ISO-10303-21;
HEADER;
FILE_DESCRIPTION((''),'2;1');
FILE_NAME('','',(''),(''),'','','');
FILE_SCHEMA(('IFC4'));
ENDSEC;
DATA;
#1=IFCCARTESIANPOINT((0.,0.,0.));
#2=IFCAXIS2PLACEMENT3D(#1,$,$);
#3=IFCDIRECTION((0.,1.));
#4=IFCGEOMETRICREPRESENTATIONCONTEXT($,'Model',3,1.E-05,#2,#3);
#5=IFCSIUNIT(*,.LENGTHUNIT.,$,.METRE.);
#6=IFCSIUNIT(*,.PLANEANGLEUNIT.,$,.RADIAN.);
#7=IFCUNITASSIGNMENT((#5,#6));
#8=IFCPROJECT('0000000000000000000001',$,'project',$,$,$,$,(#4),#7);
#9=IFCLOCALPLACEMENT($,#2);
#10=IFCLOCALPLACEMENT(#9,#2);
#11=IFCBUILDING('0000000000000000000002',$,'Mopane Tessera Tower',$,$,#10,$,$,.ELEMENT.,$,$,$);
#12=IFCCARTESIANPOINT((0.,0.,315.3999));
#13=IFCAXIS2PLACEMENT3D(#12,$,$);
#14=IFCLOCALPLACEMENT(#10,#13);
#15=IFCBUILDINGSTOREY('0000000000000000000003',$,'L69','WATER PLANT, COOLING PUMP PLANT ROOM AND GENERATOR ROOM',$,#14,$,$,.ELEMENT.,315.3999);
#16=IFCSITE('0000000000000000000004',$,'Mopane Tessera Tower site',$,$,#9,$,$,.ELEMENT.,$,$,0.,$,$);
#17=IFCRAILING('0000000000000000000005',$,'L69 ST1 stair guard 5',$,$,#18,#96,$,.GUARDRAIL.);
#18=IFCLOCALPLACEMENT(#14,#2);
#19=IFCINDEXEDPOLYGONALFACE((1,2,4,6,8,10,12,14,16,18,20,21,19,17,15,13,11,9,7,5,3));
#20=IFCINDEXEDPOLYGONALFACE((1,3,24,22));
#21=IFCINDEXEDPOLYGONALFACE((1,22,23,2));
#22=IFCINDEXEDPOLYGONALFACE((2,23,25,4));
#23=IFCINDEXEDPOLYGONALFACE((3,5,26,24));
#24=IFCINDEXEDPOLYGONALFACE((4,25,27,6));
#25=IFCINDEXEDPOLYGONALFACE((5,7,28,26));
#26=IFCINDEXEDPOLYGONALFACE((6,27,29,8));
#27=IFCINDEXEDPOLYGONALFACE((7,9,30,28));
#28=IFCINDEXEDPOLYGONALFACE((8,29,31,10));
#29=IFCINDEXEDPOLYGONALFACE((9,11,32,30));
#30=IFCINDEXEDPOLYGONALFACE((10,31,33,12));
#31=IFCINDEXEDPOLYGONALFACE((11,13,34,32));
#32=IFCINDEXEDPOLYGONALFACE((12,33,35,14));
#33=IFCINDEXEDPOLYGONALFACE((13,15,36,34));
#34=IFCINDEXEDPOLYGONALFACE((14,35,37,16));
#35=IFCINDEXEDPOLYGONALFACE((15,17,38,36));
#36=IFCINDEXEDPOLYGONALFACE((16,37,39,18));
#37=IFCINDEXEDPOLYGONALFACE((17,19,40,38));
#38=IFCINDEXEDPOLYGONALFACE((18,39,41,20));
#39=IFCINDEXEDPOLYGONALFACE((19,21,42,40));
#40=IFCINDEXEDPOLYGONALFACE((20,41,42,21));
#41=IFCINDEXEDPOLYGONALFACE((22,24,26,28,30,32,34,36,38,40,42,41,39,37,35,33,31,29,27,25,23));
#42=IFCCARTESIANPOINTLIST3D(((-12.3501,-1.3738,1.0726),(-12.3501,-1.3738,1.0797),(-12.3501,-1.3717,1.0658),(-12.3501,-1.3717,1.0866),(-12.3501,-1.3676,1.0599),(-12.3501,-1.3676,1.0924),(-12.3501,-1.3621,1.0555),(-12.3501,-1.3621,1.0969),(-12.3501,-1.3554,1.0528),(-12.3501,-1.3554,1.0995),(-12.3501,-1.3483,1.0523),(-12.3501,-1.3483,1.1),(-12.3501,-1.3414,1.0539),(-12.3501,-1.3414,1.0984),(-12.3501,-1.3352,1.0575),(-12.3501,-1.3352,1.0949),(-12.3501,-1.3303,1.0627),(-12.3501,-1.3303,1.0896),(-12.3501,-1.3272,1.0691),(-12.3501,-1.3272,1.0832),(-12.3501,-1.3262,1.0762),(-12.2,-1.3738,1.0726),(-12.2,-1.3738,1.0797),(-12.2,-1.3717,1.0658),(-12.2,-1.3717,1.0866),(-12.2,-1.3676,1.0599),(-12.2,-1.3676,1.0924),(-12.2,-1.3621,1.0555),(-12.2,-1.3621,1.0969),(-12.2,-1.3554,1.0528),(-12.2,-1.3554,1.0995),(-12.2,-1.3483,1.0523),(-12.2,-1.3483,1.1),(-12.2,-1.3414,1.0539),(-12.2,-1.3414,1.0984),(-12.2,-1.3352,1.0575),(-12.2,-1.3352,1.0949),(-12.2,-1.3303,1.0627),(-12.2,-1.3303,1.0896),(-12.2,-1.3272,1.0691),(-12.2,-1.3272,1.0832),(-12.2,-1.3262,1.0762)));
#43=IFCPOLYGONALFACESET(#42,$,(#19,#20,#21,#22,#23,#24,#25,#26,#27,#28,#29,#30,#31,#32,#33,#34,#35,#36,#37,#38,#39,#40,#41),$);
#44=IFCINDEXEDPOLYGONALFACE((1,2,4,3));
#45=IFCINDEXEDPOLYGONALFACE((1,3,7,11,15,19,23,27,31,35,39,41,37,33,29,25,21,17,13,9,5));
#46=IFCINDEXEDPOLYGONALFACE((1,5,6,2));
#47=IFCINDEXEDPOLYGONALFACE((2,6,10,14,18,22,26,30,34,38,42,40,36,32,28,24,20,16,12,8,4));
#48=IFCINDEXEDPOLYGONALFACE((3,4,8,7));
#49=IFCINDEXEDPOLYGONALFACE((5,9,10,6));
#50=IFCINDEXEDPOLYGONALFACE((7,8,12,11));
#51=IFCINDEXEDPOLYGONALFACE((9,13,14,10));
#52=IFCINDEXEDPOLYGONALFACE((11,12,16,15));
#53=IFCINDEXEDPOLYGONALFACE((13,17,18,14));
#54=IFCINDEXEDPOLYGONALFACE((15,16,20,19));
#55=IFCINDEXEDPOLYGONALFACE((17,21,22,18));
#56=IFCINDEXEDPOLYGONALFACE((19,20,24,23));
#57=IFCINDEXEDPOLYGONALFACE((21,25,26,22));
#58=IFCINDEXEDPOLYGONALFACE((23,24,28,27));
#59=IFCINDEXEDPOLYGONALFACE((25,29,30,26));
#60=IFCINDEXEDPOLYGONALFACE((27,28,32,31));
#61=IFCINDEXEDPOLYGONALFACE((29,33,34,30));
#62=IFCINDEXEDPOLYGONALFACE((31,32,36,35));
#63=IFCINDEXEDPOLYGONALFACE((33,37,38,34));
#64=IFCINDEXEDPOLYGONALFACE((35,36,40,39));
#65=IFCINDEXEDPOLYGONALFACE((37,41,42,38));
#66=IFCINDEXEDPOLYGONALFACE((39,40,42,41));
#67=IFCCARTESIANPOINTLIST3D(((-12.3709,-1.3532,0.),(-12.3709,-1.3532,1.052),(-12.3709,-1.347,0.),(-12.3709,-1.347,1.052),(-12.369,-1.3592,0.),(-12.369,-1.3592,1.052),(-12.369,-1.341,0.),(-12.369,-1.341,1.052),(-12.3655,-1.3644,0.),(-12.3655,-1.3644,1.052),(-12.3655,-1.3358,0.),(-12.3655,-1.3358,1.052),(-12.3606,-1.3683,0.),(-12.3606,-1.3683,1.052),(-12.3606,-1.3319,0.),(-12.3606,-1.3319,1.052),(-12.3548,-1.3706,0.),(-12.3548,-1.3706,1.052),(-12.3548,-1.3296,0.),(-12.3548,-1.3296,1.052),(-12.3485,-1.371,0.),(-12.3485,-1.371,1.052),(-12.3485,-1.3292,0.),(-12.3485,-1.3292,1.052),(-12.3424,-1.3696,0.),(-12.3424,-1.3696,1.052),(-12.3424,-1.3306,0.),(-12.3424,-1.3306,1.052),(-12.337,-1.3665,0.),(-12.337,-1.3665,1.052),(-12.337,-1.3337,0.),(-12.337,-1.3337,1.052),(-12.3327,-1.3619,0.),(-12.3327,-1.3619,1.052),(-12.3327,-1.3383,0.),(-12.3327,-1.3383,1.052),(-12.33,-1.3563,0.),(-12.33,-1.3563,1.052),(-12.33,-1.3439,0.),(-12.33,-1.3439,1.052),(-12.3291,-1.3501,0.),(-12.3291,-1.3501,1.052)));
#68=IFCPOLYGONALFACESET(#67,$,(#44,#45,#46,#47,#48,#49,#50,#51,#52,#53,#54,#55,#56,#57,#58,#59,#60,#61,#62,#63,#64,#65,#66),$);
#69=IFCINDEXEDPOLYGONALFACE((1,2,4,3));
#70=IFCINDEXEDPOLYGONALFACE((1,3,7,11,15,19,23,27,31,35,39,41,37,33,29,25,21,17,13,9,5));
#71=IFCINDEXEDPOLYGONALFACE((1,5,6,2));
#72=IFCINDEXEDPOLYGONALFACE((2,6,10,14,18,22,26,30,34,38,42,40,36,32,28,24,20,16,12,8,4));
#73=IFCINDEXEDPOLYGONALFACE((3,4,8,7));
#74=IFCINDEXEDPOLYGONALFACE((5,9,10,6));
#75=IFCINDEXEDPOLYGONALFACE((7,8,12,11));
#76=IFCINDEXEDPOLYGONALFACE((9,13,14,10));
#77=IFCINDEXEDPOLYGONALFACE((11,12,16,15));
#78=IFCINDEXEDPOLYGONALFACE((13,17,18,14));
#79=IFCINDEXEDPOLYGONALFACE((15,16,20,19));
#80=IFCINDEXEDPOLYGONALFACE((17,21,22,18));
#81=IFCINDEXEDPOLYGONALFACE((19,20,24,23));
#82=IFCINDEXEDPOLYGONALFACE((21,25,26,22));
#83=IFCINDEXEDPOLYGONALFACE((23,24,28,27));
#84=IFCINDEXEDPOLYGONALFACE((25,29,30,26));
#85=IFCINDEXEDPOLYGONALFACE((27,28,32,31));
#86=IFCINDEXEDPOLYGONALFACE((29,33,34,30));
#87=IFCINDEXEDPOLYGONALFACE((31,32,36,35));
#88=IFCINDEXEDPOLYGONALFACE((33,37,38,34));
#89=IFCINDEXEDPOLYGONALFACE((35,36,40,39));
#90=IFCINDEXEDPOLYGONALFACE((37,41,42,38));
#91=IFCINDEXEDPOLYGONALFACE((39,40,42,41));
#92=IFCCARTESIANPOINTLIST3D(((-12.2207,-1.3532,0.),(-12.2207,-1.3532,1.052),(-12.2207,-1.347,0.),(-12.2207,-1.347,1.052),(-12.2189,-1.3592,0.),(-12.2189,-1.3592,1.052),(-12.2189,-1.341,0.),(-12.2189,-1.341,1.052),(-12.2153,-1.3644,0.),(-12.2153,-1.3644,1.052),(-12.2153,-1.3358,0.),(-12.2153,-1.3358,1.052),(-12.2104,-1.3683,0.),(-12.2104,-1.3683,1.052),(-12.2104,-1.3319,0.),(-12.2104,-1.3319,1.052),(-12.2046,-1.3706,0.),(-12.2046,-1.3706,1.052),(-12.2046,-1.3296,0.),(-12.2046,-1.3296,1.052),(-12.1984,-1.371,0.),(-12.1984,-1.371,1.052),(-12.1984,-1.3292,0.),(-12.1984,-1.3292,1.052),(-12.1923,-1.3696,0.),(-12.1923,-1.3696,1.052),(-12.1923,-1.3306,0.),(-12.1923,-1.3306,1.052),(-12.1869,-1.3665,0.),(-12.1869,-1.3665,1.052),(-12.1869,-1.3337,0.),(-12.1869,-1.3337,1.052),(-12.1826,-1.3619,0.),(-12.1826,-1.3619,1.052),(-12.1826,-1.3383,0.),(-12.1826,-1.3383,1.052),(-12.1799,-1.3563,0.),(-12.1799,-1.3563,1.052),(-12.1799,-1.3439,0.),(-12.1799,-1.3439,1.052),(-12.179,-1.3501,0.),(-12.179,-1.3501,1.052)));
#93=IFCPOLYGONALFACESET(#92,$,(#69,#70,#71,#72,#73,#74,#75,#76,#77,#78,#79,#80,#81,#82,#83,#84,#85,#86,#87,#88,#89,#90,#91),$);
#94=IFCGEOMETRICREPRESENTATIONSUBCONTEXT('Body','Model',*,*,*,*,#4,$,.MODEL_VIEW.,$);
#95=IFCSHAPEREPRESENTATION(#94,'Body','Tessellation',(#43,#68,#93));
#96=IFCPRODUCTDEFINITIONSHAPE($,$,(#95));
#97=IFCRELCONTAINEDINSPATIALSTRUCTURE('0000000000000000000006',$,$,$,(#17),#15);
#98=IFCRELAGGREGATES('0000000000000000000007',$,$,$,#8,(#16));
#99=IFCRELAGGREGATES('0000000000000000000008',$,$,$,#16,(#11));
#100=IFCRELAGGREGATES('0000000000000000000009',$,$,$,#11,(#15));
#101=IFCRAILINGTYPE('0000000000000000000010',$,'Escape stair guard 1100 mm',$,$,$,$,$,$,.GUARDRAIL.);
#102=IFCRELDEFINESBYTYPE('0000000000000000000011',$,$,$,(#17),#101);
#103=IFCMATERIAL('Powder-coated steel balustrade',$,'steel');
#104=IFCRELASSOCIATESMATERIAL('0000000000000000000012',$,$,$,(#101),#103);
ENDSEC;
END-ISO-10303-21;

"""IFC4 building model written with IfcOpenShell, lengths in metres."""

from ifc_helpers import new_model, si_unit, direction, frame, origin, origin_2d, place, context, subcontext, project, spatial, circle, extrude, material, type_object, element, save


model = new_model("IFC4")

# Units and contexts
model_context = context("Model", 3, precision=1e-05, world=origin(), true_north=direction((0.0, 1.0)))
body_context = subcontext(model_context, "Body", "Model", "MODEL_VIEW")
ifc_project = project(units=[si_unit("LENGTHUNIT", "METRE"), si_unit("PLANEANGLEUNIT", "RADIAN")], contexts=[model_context])

# Site, building, storey
site_placement = place(None, origin())
site = spatial("IfcSite", under=ifc_project, at=site_placement, Name="Mopane Tessera Tower site", CompositionType="ELEMENT", RefElevation=0.0)
building_placement = place(site_placement, origin())
building = spatial("IfcBuilding", under=site, at=building_placement, Name="Mopane Tessera Tower", CompositionType="ELEMENT")
storey_placement = place(building_placement, frame((0.0, 0.0, 315.3999)))
storey = spatial("IfcBuildingStorey", under=building, at=storey_placement, Name="L69", Description="WATER PLANT, COOLING PUMP PLANT ROOM AND GENERATOR ROOM", CompositionType="ELEMENT", Elevation=315.3999)

# Railing
ifc_material_1 = material(Name="Powder-coated steel balustrade", Category="steel")
railing_type_1 = type_object("IfcRailingType", Name="Escape stair guard 1100 mm", PredefinedType="GUARDRAIL", material=ifc_material_1)
railing_1_placement = place(storey_placement, frame((-12.3501, -1.3501, 0.0)))
element("IfcRailing", 1, at=railing_1_placement, inside=storey, type_object=railing_type_1, Name="L69 ST1 stair guard 5", PredefinedType="GUARDRAIL", context=body_context, shape_type="SweptSolid", body=[
    extrude(circle(Radius=0.0239, at=origin_2d()), frame((0.0, 0.0, 1.0762), z_axis=(1.0, 0.0, 0.0), x_axis=(0.0, 1.0, 0.0)), (0.0, 0.0, 1.0), 0.1501),
    extrude(circle(Radius=0.021, at=origin_2d()), origin(), (0.0, 0.0, 1.0), 1.052),
    extrude(circle(Radius=0.021, at=origin_2d()), frame((0.1501, 0.0, 0.0)), (0.0, 0.0, 1.0), 1.052),
])

save(model, "model.ifc")
